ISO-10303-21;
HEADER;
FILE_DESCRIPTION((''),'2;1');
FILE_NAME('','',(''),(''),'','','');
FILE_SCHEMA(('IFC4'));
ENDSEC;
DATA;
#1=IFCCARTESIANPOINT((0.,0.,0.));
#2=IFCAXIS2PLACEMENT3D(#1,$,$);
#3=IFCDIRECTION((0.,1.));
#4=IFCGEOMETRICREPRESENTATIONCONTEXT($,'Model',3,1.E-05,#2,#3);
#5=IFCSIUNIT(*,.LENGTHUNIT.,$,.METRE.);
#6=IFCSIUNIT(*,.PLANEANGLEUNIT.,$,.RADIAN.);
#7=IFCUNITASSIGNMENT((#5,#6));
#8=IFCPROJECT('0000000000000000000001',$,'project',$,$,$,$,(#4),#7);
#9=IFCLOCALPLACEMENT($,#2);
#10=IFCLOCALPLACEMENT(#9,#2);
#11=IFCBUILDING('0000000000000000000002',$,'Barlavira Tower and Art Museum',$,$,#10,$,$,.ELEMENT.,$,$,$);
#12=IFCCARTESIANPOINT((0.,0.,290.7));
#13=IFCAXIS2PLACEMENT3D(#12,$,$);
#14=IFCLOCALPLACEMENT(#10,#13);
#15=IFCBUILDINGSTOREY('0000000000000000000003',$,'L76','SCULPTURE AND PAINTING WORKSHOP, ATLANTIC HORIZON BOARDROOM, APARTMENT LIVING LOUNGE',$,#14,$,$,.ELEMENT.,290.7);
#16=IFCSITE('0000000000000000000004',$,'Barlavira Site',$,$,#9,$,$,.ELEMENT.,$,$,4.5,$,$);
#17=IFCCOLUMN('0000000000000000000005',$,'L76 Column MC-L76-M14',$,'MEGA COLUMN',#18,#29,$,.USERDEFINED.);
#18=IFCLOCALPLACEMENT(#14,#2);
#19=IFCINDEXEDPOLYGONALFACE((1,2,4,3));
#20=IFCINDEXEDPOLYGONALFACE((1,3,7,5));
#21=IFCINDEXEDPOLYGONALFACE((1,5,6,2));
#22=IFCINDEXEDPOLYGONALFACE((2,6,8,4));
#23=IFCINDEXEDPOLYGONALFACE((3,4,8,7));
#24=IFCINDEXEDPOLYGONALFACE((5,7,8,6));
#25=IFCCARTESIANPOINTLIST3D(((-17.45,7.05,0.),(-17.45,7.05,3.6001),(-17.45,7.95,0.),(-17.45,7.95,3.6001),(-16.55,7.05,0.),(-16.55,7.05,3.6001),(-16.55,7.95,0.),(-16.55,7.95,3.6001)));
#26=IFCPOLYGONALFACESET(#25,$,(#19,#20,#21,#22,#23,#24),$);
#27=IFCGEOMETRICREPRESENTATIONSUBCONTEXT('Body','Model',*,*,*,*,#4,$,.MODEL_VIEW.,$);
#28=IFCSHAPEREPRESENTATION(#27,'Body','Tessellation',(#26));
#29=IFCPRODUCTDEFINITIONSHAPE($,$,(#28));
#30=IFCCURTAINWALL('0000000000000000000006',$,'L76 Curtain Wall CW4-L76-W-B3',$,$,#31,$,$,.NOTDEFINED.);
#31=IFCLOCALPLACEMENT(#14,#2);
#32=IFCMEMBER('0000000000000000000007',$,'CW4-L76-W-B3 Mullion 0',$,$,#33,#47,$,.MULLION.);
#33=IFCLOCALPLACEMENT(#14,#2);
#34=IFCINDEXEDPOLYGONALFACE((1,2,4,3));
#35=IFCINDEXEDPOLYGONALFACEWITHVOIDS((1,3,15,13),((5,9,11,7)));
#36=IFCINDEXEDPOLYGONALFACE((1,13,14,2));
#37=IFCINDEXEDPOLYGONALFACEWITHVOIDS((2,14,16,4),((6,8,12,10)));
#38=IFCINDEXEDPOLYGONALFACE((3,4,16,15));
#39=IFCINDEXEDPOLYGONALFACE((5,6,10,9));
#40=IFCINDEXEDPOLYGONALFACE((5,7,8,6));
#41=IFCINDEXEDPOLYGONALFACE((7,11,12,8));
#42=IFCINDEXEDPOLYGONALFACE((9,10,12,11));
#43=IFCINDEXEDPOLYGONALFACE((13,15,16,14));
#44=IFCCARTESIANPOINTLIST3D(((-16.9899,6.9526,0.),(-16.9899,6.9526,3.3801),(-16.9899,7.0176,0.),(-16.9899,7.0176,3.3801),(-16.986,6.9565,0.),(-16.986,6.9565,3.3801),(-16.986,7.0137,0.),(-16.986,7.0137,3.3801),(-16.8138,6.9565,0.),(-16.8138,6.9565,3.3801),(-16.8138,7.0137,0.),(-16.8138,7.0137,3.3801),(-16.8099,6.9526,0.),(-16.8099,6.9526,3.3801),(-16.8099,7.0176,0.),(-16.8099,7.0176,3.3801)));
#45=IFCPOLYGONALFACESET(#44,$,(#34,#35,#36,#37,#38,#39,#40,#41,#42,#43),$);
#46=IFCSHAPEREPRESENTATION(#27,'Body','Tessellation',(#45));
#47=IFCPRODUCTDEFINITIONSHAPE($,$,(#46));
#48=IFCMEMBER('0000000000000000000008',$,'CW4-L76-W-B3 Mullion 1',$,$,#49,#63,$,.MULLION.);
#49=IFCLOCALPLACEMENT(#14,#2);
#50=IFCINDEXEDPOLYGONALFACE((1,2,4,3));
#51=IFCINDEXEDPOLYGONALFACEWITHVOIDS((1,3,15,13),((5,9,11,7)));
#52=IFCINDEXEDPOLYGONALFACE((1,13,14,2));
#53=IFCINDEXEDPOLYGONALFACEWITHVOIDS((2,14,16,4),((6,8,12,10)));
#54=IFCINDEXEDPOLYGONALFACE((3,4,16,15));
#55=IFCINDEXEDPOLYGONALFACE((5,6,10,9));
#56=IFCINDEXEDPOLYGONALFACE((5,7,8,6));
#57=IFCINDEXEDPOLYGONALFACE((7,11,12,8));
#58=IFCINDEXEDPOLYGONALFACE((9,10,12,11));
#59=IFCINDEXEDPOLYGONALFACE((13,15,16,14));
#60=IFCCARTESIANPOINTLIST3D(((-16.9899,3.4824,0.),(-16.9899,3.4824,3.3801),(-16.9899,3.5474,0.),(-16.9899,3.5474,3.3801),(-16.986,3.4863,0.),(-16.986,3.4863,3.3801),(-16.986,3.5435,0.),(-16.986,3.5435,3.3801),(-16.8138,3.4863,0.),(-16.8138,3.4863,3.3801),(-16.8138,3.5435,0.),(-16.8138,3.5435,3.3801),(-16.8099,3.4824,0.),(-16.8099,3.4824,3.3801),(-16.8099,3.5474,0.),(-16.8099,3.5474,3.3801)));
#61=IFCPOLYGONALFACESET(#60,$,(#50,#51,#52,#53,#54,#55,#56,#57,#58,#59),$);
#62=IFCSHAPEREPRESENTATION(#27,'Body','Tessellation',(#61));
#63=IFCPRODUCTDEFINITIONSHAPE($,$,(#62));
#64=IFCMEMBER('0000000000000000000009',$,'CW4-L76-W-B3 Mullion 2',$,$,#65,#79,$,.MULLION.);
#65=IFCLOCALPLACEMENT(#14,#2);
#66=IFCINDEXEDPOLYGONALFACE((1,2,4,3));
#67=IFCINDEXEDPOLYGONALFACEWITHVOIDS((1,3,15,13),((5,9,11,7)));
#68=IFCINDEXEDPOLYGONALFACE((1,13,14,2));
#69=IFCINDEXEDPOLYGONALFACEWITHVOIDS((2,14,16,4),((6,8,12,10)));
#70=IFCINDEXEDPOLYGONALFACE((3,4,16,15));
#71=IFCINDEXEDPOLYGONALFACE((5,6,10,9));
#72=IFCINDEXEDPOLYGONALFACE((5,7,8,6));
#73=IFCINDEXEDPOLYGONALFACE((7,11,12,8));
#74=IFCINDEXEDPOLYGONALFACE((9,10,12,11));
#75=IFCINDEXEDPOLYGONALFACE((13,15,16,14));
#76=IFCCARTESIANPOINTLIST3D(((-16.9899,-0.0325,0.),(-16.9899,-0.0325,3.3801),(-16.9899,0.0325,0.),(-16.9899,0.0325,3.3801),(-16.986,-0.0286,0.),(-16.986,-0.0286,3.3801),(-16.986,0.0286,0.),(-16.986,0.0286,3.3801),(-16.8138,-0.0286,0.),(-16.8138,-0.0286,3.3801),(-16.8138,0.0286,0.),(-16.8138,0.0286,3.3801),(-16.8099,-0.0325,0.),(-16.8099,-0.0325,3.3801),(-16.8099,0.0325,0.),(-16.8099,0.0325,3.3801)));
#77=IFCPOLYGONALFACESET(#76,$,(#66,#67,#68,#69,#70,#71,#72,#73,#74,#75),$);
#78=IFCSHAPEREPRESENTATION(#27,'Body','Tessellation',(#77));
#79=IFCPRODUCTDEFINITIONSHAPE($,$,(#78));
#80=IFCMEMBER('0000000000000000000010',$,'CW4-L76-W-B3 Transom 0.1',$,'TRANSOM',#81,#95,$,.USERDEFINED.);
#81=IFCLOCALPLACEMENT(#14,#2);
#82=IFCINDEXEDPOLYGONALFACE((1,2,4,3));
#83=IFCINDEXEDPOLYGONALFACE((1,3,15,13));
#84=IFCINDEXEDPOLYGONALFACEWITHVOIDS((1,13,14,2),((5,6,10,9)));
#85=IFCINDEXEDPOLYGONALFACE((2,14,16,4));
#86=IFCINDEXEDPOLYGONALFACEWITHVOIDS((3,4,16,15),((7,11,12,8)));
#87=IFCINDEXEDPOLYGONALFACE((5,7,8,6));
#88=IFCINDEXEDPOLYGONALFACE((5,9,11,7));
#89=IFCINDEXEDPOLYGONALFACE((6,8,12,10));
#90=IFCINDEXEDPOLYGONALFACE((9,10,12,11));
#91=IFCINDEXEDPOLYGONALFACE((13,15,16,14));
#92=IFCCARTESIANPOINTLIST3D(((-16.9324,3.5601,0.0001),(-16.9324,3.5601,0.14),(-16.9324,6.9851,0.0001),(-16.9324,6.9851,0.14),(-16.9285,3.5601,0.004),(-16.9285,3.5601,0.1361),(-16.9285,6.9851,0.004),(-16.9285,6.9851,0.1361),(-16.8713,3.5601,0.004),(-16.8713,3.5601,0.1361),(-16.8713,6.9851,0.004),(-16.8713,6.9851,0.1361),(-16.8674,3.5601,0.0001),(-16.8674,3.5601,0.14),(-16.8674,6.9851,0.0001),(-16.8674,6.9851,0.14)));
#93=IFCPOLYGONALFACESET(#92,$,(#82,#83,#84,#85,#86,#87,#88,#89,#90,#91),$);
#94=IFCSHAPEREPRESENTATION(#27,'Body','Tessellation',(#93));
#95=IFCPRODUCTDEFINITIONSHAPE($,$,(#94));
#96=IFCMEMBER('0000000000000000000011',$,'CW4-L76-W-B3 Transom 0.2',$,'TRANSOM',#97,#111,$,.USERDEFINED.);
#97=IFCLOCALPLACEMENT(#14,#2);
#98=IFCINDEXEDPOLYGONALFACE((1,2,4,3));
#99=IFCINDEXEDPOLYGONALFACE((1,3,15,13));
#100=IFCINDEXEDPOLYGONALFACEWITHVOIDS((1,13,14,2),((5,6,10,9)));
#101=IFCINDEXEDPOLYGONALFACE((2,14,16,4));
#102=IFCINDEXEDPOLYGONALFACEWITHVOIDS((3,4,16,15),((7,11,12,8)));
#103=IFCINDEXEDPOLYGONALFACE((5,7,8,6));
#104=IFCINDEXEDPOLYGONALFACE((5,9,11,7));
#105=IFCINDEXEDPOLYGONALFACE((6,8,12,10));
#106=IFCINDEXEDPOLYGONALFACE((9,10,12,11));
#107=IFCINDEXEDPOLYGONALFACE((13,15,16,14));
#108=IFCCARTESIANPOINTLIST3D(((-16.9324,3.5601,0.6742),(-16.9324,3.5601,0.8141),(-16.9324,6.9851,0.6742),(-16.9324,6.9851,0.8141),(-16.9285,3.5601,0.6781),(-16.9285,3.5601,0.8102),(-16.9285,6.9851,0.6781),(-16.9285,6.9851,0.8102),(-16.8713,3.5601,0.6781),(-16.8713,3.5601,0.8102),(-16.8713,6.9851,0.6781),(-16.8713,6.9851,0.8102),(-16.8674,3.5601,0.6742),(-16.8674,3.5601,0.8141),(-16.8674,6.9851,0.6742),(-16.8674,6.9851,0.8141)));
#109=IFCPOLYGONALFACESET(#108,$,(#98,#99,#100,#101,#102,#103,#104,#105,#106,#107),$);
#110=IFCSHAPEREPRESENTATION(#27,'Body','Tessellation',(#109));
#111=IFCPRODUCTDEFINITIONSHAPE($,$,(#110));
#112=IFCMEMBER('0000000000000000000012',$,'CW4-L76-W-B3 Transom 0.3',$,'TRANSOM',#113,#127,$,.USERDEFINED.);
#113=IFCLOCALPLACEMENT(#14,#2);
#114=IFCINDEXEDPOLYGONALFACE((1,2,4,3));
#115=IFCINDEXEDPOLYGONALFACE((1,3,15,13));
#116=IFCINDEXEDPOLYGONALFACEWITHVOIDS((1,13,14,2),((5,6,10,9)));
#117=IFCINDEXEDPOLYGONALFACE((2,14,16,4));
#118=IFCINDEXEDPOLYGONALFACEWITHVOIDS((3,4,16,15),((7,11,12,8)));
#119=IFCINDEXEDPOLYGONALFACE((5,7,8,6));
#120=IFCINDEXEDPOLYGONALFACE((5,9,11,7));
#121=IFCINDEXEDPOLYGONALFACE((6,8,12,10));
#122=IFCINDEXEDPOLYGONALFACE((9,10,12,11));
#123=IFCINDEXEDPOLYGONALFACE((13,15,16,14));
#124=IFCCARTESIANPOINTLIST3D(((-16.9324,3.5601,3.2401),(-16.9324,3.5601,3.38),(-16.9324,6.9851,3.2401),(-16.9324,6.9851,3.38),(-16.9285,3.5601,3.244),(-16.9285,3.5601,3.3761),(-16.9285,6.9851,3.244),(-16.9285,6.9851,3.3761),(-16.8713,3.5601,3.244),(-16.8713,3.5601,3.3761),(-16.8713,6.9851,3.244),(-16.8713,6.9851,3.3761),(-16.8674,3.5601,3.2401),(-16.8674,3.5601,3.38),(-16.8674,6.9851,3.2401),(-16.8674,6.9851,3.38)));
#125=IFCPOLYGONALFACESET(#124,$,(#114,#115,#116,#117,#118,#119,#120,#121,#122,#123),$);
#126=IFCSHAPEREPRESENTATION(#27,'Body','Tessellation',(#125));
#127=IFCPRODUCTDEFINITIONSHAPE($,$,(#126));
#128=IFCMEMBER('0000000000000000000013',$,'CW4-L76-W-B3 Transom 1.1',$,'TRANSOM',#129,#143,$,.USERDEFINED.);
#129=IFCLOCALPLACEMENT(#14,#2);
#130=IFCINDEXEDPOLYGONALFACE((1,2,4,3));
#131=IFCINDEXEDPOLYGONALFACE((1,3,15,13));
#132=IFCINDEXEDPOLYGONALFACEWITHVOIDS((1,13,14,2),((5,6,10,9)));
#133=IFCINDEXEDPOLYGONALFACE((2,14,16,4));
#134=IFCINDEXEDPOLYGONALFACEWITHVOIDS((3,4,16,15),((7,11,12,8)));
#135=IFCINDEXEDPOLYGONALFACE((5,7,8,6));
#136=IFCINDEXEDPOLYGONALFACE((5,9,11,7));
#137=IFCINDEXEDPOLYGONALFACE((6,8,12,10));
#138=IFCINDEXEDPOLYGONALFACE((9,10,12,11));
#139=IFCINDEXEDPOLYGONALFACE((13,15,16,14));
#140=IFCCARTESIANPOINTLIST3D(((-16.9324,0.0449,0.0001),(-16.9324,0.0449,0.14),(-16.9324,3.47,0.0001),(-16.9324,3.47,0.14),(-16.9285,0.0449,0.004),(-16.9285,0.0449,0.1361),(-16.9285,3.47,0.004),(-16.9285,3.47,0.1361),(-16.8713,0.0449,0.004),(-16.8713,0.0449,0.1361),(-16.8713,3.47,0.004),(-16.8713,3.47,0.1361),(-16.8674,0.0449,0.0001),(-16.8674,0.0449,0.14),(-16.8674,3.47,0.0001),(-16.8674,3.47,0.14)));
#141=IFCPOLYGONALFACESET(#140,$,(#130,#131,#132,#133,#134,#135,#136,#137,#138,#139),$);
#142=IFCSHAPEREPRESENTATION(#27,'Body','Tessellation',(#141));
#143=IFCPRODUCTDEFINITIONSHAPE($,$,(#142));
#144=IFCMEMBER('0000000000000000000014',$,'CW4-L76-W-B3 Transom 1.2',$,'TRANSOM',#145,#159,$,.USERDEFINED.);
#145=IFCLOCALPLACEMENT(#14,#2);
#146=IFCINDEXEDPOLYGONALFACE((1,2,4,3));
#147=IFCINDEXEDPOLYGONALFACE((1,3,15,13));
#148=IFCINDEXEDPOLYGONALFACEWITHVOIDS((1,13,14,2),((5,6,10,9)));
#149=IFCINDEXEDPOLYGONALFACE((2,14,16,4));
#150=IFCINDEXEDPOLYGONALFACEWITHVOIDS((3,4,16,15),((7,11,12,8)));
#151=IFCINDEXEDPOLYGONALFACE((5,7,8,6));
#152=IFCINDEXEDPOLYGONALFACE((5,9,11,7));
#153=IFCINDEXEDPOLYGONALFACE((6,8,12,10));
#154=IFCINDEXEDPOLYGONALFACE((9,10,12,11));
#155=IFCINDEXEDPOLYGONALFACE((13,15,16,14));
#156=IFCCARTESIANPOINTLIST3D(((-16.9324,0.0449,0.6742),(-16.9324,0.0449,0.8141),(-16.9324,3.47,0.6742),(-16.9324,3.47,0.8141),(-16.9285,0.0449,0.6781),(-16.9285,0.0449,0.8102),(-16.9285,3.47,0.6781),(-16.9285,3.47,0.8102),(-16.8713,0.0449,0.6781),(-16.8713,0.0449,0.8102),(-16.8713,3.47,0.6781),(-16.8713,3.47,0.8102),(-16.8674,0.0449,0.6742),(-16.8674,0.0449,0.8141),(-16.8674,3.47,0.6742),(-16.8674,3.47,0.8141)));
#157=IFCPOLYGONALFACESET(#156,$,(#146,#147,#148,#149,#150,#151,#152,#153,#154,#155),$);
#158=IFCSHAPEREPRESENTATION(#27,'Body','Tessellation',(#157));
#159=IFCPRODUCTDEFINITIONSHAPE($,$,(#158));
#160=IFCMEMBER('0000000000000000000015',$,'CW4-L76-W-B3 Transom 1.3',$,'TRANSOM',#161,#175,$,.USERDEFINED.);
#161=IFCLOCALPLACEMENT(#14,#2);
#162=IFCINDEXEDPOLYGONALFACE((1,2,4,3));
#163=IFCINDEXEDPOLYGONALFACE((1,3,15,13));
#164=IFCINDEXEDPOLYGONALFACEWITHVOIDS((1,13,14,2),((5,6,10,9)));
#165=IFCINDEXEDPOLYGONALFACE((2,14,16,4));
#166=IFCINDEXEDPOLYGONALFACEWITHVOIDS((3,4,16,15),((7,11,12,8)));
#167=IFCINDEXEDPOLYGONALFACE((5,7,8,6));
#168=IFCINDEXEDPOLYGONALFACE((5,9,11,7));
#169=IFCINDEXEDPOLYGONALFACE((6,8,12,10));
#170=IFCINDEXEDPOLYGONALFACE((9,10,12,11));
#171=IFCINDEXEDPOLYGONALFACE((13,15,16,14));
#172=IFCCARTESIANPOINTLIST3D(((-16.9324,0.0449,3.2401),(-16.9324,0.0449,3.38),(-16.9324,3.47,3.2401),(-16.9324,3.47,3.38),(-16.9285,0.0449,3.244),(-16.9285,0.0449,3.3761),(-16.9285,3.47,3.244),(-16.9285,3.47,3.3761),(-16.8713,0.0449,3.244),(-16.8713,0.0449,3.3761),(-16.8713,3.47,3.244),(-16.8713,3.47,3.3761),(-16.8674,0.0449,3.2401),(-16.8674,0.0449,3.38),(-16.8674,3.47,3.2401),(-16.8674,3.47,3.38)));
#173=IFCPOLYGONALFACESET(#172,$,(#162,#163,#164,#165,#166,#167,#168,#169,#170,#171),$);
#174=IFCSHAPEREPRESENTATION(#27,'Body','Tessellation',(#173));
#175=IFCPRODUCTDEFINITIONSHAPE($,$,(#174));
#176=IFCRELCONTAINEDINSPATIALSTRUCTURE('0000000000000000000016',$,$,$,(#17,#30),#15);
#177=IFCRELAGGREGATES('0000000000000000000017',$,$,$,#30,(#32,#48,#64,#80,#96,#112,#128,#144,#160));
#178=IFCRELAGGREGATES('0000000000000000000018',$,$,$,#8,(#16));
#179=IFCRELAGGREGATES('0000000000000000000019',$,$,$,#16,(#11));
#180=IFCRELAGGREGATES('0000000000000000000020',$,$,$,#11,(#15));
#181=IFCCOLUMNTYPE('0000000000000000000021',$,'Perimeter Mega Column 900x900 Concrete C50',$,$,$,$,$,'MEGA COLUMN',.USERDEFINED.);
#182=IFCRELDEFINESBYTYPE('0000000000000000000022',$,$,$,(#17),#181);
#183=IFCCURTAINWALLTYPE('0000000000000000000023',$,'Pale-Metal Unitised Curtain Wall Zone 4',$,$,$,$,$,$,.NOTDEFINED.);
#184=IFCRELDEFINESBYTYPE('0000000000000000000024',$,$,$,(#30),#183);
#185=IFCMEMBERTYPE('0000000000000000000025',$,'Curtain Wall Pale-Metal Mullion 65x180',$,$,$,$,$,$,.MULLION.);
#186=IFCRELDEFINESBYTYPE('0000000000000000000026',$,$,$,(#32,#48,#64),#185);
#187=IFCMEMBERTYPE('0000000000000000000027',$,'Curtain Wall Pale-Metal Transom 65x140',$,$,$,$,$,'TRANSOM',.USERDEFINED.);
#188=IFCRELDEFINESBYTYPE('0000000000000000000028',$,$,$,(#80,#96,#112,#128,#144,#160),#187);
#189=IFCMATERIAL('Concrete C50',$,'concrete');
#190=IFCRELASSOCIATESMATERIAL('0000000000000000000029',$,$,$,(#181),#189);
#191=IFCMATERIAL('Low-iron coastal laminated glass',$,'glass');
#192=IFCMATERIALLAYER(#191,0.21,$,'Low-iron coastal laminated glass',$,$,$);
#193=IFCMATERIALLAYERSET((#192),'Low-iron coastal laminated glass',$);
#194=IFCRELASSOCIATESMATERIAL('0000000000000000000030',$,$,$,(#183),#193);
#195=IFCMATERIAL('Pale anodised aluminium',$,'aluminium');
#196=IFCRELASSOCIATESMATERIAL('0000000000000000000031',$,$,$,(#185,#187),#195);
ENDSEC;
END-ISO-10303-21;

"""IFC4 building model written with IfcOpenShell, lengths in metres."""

from ifc_helpers import new_model, si_unit, direction, frame, origin, origin_2d, place, context, subcontext, project, spatial, rectangle, hollow_rectangle, extrude, material, layer, layer_set, material_profile, profile_set, type_object, element, aggregate, save


model = new_model("IFC4")

# Units and contexts
model_context = context("Model", 3, precision=1e-05, world=origin(), true_north=direction((0.0, 1.0)))
body_context = subcontext(model_context, "Body", "Model", "MODEL_VIEW")
ifc_project = project(units=[si_unit("LENGTHUNIT", "METRE"), si_unit("PLANEANGLEUNIT", "RADIAN")], contexts=[model_context])

# Site, building, storey
site_placement = place(None, origin())
site = spatial("IfcSite", under=ifc_project, at=site_placement, Name="Barlavira Site", CompositionType="ELEMENT", RefElevation=4.5)
building_placement = place(site_placement, origin())
building = spatial("IfcBuilding", under=site, at=building_placement, Name="Barlavira Tower and Art Museum", CompositionType="ELEMENT")
storey_placement = place(building_placement, frame((0.0, 0.0, 290.7)))
storey = spatial("IfcBuildingStorey", under=building, at=storey_placement, Name="L76", Description="SCULPTURE AND PAINTING WORKSHOP, ATLANTIC HORIZON BOARDROOM, APARTMENT LIVING LOUNGE", CompositionType="ELEMENT", Elevation=290.7)

# Column
ifc_material_1 = material(Name="Concrete C50", Category="concrete")
ifc_material_profile_1 = material_profile(ifc_material_1, rectangle(XDim=0.8999, YDim=0.8999, at=origin_2d()), Name="RC-COL 900x900")
ifc_profile_set_1 = profile_set([ifc_material_profile_1], Name="Concrete C50")
column_type = type_object("IfcColumnType", Name="Perimeter Mega Column 900x900 Concrete C50", ElementType="MEGA COLUMN", PredefinedType="USERDEFINED", material=ifc_profile_set_1)
column_placement = place(storey_placement, frame((-17.0, 7.5, 0.0), z_axis=(0.0, 0.0, 1.0), x_axis=(1.0, 0.0, 0.0)))
element("IfcColumn", 1, at=column_placement, inside=storey, type_object=column_type, Name="L76 Column MC-L76-M14", ObjectType="MEGA COLUMN", PredefinedType="USERDEFINED", context=body_context, shape_type="SweptSolid", body=[
    extrude(rectangle(XDim=0.8999, YDim=0.8999, at=origin_2d()), origin(), (0.0, 0.0, 1.0), 3.6001),
])

# Curtain wall, members
ifc_material_2 = material(Name="Low-iron coastal laminated glass", Category="glass")
ifc_layer_1 = layer(ifc_material_2, 0.21, Name="Low-iron coastal laminated glass")
ifc_layer_set_1 = layer_set([ifc_layer_1], Name="Low-iron coastal laminated glass")
curtain_wall_type = type_object("IfcCurtainWallType", Name="Pale-Metal Unitised Curtain Wall Zone 4", PredefinedType="NOTDEFINED", material=ifc_layer_set_1)
curtain_wall_placement = place(storey_placement, origin())
curtain_wall = element("IfcCurtainWall", 2, at=curtain_wall_placement, inside=storey, type_object=curtain_wall_type, Name="L76 Curtain Wall CW4-L76-W-B3", PredefinedType="NOTDEFINED")
ifc_material_3 = material(Name="Pale anodised aluminium", Category="aluminium")
ifc_material_profile_2 = material_profile(ifc_material_3, hollow_rectangle(XDim=0.0649, YDim=0.1799, WallThickness=0.0039, at=origin_2d()), Name="ALU-MULL 65x180x4")
ifc_profile_set_2 = profile_set([ifc_material_profile_2], Name="Pale anodised aluminium")
member_type_1 = type_object("IfcMemberType", Name="Curtain Wall Pale-Metal Mullion 65x180", PredefinedType="MULLION", material=ifc_profile_set_2)
member_1_placement = place(storey_placement, frame((-16.8999, 6.9851, 0.0), z_axis=(0.0, 0.0, 1.0), x_axis=(0.0, -1.0, 0.0)))
member_1 = element("IfcMember", 3, at=member_1_placement, type_object=member_type_1, Name="CW4-L76-W-B3 Mullion 0", PredefinedType="MULLION", context=body_context, shape_type="SweptSolid", body=[
    extrude(hollow_rectangle(XDim=0.0649, YDim=0.1799, WallThickness=0.0039, at=origin_2d()), origin(), (0.0, 0.0, 1.0), 3.3801),
])
member_2_placement = place(storey_placement, frame((-16.8999, 3.5149, 0.0), z_axis=(0.0, 0.0, 1.0), x_axis=(0.0, -1.0, 0.0)))
member_2 = element("IfcMember", 4, at=member_2_placement, type_object=member_type_1, Name="CW4-L76-W-B3 Mullion 1", PredefinedType="MULLION", context=body_context, shape_type="SweptSolid", body=[
    extrude(hollow_rectangle(XDim=0.0649, YDim=0.1799, WallThickness=0.0039, at=origin_2d()), origin(), (0.0, 0.0, 1.0), 3.3801),
])
member_3_placement = place(storey_placement, frame((-16.8999, 0.0, 0.0), z_axis=(0.0, 0.0, 1.0), x_axis=(0.0, -1.0, 0.0)))
member_3 = element("IfcMember", 5, at=member_3_placement, type_object=member_type_1, Name="CW4-L76-W-B3 Mullion 2", PredefinedType="MULLION", context=body_context, shape_type="SweptSolid", body=[
    extrude(hollow_rectangle(XDim=0.0649, YDim=0.1799, WallThickness=0.0039, at=origin_2d()), origin(), (0.0, 0.0, 1.0), 3.3801),
])
ifc_material_profile_3 = material_profile(ifc_material_3, hollow_rectangle(XDim=0.0649, YDim=0.1399, WallThickness=0.0039, at=origin_2d()), Name="ALU-TRAN 65x140x4")
ifc_profile_set_3 = profile_set([ifc_material_profile_3], Name="Pale anodised aluminium")
member_type_2 = type_object("IfcMemberType", Name="Curtain Wall Pale-Metal Transom 65x140", ElementType="TRANSOM", PredefinedType="USERDEFINED", material=ifc_profile_set_3)
member_4_placement = place(storey_placement, frame((-16.8999, 6.9851, 0.0701), z_axis=(0.0, -1.0, 0.0), x_axis=(1.0, 0.0, 0.0)))
member_4 = element("IfcMember", 6, at=member_4_placement, type_object=member_type_2, Name="CW4-L76-W-B3 Transom 0.1", ObjectType="TRANSOM", PredefinedType="USERDEFINED", context=body_context, shape_type="SweptSolid", body=[
    extrude(hollow_rectangle(XDim=0.0649, YDim=0.1399, WallThickness=0.0039, at=origin_2d()), origin(), (0.0, 0.0, 1.0), 3.425),
])
member_5_placement = place(storey_placement, frame((-16.8999, 6.9851, 0.7441), z_axis=(0.0, -1.0, 0.0), x_axis=(1.0, 0.0, 0.0)))
member_5 = element("IfcMember", 7, at=member_5_placement, type_object=member_type_2, Name="CW4-L76-W-B3 Transom 0.2", ObjectType="TRANSOM", PredefinedType="USERDEFINED", context=body_context, shape_type="SweptSolid", body=[
    extrude(hollow_rectangle(XDim=0.0649, YDim=0.1399, WallThickness=0.0039, at=origin_2d()), origin(), (0.0, 0.0, 1.0), 3.425),
])
member_6_placement = place(storey_placement, frame((-16.8999, 6.9851, 3.3101), z_axis=(0.0, -1.0, 0.0), x_axis=(1.0, 0.0, 0.0)))
member_6 = element("IfcMember", 8, at=member_6_placement, type_object=member_type_2, Name="CW4-L76-W-B3 Transom 0.3", ObjectType="TRANSOM", PredefinedType="USERDEFINED", context=body_context, shape_type="SweptSolid", body=[
    extrude(hollow_rectangle(XDim=0.0649, YDim=0.1399, WallThickness=0.0039, at=origin_2d()), origin(), (0.0, 0.0, 1.0), 3.425),
])
member_7_placement = place(storey_placement, frame((-16.8999, 3.47, 0.0701), z_axis=(0.0, -1.0, 0.0), x_axis=(1.0, 0.0, 0.0)))
member_7 = element("IfcMember", 9, at=member_7_placement, type_object=member_type_2, Name="CW4-L76-W-B3 Transom 1.1", ObjectType="TRANSOM", PredefinedType="USERDEFINED", context=body_context, shape_type="SweptSolid", body=[
    extrude(hollow_rectangle(XDim=0.0649, YDim=0.1399, WallThickness=0.0039, at=origin_2d()), origin(), (0.0, 0.0, 1.0), 3.425),
])
member_8_placement = place(storey_placement, frame((-16.8999, 3.47, 0.7441), z_axis=(0.0, -1.0, 0.0), x_axis=(1.0, 0.0, 0.0)))
member_8 = element("IfcMember", 10, at=member_8_placement, type_object=member_type_2, Name="CW4-L76-W-B3 Transom 1.2", ObjectType="TRANSOM", PredefinedType="USERDEFINED", context=body_context, shape_type="SweptSolid", body=[
    extrude(hollow_rectangle(XDim=0.0649, YDim=0.1399, WallThickness=0.0039, at=origin_2d()), origin(), (0.0, 0.0, 1.0), 3.425),
])
member_9_placement = place(storey_placement, frame((-16.8999, 3.47, 3.3101), z_axis=(0.0, -1.0, 0.0), x_axis=(1.0, 0.0, 0.0)))
member_9 = element("IfcMember", 11, at=member_9_placement, type_object=member_type_2, Name="CW4-L76-W-B3 Transom 1.3", ObjectType="TRANSOM", PredefinedType="USERDEFINED", context=body_context, shape_type="SweptSolid", body=[
    extrude(hollow_rectangle(XDim=0.0649, YDim=0.1399, WallThickness=0.0039, at=origin_2d()), origin(), (0.0, 0.0, 1.0), 3.425),
])

aggregate(curtain_wall, [member_1, member_2, member_3, member_4, member_5, member_6, member_7, member_8, member_9])

save(model, "model.ifc")
